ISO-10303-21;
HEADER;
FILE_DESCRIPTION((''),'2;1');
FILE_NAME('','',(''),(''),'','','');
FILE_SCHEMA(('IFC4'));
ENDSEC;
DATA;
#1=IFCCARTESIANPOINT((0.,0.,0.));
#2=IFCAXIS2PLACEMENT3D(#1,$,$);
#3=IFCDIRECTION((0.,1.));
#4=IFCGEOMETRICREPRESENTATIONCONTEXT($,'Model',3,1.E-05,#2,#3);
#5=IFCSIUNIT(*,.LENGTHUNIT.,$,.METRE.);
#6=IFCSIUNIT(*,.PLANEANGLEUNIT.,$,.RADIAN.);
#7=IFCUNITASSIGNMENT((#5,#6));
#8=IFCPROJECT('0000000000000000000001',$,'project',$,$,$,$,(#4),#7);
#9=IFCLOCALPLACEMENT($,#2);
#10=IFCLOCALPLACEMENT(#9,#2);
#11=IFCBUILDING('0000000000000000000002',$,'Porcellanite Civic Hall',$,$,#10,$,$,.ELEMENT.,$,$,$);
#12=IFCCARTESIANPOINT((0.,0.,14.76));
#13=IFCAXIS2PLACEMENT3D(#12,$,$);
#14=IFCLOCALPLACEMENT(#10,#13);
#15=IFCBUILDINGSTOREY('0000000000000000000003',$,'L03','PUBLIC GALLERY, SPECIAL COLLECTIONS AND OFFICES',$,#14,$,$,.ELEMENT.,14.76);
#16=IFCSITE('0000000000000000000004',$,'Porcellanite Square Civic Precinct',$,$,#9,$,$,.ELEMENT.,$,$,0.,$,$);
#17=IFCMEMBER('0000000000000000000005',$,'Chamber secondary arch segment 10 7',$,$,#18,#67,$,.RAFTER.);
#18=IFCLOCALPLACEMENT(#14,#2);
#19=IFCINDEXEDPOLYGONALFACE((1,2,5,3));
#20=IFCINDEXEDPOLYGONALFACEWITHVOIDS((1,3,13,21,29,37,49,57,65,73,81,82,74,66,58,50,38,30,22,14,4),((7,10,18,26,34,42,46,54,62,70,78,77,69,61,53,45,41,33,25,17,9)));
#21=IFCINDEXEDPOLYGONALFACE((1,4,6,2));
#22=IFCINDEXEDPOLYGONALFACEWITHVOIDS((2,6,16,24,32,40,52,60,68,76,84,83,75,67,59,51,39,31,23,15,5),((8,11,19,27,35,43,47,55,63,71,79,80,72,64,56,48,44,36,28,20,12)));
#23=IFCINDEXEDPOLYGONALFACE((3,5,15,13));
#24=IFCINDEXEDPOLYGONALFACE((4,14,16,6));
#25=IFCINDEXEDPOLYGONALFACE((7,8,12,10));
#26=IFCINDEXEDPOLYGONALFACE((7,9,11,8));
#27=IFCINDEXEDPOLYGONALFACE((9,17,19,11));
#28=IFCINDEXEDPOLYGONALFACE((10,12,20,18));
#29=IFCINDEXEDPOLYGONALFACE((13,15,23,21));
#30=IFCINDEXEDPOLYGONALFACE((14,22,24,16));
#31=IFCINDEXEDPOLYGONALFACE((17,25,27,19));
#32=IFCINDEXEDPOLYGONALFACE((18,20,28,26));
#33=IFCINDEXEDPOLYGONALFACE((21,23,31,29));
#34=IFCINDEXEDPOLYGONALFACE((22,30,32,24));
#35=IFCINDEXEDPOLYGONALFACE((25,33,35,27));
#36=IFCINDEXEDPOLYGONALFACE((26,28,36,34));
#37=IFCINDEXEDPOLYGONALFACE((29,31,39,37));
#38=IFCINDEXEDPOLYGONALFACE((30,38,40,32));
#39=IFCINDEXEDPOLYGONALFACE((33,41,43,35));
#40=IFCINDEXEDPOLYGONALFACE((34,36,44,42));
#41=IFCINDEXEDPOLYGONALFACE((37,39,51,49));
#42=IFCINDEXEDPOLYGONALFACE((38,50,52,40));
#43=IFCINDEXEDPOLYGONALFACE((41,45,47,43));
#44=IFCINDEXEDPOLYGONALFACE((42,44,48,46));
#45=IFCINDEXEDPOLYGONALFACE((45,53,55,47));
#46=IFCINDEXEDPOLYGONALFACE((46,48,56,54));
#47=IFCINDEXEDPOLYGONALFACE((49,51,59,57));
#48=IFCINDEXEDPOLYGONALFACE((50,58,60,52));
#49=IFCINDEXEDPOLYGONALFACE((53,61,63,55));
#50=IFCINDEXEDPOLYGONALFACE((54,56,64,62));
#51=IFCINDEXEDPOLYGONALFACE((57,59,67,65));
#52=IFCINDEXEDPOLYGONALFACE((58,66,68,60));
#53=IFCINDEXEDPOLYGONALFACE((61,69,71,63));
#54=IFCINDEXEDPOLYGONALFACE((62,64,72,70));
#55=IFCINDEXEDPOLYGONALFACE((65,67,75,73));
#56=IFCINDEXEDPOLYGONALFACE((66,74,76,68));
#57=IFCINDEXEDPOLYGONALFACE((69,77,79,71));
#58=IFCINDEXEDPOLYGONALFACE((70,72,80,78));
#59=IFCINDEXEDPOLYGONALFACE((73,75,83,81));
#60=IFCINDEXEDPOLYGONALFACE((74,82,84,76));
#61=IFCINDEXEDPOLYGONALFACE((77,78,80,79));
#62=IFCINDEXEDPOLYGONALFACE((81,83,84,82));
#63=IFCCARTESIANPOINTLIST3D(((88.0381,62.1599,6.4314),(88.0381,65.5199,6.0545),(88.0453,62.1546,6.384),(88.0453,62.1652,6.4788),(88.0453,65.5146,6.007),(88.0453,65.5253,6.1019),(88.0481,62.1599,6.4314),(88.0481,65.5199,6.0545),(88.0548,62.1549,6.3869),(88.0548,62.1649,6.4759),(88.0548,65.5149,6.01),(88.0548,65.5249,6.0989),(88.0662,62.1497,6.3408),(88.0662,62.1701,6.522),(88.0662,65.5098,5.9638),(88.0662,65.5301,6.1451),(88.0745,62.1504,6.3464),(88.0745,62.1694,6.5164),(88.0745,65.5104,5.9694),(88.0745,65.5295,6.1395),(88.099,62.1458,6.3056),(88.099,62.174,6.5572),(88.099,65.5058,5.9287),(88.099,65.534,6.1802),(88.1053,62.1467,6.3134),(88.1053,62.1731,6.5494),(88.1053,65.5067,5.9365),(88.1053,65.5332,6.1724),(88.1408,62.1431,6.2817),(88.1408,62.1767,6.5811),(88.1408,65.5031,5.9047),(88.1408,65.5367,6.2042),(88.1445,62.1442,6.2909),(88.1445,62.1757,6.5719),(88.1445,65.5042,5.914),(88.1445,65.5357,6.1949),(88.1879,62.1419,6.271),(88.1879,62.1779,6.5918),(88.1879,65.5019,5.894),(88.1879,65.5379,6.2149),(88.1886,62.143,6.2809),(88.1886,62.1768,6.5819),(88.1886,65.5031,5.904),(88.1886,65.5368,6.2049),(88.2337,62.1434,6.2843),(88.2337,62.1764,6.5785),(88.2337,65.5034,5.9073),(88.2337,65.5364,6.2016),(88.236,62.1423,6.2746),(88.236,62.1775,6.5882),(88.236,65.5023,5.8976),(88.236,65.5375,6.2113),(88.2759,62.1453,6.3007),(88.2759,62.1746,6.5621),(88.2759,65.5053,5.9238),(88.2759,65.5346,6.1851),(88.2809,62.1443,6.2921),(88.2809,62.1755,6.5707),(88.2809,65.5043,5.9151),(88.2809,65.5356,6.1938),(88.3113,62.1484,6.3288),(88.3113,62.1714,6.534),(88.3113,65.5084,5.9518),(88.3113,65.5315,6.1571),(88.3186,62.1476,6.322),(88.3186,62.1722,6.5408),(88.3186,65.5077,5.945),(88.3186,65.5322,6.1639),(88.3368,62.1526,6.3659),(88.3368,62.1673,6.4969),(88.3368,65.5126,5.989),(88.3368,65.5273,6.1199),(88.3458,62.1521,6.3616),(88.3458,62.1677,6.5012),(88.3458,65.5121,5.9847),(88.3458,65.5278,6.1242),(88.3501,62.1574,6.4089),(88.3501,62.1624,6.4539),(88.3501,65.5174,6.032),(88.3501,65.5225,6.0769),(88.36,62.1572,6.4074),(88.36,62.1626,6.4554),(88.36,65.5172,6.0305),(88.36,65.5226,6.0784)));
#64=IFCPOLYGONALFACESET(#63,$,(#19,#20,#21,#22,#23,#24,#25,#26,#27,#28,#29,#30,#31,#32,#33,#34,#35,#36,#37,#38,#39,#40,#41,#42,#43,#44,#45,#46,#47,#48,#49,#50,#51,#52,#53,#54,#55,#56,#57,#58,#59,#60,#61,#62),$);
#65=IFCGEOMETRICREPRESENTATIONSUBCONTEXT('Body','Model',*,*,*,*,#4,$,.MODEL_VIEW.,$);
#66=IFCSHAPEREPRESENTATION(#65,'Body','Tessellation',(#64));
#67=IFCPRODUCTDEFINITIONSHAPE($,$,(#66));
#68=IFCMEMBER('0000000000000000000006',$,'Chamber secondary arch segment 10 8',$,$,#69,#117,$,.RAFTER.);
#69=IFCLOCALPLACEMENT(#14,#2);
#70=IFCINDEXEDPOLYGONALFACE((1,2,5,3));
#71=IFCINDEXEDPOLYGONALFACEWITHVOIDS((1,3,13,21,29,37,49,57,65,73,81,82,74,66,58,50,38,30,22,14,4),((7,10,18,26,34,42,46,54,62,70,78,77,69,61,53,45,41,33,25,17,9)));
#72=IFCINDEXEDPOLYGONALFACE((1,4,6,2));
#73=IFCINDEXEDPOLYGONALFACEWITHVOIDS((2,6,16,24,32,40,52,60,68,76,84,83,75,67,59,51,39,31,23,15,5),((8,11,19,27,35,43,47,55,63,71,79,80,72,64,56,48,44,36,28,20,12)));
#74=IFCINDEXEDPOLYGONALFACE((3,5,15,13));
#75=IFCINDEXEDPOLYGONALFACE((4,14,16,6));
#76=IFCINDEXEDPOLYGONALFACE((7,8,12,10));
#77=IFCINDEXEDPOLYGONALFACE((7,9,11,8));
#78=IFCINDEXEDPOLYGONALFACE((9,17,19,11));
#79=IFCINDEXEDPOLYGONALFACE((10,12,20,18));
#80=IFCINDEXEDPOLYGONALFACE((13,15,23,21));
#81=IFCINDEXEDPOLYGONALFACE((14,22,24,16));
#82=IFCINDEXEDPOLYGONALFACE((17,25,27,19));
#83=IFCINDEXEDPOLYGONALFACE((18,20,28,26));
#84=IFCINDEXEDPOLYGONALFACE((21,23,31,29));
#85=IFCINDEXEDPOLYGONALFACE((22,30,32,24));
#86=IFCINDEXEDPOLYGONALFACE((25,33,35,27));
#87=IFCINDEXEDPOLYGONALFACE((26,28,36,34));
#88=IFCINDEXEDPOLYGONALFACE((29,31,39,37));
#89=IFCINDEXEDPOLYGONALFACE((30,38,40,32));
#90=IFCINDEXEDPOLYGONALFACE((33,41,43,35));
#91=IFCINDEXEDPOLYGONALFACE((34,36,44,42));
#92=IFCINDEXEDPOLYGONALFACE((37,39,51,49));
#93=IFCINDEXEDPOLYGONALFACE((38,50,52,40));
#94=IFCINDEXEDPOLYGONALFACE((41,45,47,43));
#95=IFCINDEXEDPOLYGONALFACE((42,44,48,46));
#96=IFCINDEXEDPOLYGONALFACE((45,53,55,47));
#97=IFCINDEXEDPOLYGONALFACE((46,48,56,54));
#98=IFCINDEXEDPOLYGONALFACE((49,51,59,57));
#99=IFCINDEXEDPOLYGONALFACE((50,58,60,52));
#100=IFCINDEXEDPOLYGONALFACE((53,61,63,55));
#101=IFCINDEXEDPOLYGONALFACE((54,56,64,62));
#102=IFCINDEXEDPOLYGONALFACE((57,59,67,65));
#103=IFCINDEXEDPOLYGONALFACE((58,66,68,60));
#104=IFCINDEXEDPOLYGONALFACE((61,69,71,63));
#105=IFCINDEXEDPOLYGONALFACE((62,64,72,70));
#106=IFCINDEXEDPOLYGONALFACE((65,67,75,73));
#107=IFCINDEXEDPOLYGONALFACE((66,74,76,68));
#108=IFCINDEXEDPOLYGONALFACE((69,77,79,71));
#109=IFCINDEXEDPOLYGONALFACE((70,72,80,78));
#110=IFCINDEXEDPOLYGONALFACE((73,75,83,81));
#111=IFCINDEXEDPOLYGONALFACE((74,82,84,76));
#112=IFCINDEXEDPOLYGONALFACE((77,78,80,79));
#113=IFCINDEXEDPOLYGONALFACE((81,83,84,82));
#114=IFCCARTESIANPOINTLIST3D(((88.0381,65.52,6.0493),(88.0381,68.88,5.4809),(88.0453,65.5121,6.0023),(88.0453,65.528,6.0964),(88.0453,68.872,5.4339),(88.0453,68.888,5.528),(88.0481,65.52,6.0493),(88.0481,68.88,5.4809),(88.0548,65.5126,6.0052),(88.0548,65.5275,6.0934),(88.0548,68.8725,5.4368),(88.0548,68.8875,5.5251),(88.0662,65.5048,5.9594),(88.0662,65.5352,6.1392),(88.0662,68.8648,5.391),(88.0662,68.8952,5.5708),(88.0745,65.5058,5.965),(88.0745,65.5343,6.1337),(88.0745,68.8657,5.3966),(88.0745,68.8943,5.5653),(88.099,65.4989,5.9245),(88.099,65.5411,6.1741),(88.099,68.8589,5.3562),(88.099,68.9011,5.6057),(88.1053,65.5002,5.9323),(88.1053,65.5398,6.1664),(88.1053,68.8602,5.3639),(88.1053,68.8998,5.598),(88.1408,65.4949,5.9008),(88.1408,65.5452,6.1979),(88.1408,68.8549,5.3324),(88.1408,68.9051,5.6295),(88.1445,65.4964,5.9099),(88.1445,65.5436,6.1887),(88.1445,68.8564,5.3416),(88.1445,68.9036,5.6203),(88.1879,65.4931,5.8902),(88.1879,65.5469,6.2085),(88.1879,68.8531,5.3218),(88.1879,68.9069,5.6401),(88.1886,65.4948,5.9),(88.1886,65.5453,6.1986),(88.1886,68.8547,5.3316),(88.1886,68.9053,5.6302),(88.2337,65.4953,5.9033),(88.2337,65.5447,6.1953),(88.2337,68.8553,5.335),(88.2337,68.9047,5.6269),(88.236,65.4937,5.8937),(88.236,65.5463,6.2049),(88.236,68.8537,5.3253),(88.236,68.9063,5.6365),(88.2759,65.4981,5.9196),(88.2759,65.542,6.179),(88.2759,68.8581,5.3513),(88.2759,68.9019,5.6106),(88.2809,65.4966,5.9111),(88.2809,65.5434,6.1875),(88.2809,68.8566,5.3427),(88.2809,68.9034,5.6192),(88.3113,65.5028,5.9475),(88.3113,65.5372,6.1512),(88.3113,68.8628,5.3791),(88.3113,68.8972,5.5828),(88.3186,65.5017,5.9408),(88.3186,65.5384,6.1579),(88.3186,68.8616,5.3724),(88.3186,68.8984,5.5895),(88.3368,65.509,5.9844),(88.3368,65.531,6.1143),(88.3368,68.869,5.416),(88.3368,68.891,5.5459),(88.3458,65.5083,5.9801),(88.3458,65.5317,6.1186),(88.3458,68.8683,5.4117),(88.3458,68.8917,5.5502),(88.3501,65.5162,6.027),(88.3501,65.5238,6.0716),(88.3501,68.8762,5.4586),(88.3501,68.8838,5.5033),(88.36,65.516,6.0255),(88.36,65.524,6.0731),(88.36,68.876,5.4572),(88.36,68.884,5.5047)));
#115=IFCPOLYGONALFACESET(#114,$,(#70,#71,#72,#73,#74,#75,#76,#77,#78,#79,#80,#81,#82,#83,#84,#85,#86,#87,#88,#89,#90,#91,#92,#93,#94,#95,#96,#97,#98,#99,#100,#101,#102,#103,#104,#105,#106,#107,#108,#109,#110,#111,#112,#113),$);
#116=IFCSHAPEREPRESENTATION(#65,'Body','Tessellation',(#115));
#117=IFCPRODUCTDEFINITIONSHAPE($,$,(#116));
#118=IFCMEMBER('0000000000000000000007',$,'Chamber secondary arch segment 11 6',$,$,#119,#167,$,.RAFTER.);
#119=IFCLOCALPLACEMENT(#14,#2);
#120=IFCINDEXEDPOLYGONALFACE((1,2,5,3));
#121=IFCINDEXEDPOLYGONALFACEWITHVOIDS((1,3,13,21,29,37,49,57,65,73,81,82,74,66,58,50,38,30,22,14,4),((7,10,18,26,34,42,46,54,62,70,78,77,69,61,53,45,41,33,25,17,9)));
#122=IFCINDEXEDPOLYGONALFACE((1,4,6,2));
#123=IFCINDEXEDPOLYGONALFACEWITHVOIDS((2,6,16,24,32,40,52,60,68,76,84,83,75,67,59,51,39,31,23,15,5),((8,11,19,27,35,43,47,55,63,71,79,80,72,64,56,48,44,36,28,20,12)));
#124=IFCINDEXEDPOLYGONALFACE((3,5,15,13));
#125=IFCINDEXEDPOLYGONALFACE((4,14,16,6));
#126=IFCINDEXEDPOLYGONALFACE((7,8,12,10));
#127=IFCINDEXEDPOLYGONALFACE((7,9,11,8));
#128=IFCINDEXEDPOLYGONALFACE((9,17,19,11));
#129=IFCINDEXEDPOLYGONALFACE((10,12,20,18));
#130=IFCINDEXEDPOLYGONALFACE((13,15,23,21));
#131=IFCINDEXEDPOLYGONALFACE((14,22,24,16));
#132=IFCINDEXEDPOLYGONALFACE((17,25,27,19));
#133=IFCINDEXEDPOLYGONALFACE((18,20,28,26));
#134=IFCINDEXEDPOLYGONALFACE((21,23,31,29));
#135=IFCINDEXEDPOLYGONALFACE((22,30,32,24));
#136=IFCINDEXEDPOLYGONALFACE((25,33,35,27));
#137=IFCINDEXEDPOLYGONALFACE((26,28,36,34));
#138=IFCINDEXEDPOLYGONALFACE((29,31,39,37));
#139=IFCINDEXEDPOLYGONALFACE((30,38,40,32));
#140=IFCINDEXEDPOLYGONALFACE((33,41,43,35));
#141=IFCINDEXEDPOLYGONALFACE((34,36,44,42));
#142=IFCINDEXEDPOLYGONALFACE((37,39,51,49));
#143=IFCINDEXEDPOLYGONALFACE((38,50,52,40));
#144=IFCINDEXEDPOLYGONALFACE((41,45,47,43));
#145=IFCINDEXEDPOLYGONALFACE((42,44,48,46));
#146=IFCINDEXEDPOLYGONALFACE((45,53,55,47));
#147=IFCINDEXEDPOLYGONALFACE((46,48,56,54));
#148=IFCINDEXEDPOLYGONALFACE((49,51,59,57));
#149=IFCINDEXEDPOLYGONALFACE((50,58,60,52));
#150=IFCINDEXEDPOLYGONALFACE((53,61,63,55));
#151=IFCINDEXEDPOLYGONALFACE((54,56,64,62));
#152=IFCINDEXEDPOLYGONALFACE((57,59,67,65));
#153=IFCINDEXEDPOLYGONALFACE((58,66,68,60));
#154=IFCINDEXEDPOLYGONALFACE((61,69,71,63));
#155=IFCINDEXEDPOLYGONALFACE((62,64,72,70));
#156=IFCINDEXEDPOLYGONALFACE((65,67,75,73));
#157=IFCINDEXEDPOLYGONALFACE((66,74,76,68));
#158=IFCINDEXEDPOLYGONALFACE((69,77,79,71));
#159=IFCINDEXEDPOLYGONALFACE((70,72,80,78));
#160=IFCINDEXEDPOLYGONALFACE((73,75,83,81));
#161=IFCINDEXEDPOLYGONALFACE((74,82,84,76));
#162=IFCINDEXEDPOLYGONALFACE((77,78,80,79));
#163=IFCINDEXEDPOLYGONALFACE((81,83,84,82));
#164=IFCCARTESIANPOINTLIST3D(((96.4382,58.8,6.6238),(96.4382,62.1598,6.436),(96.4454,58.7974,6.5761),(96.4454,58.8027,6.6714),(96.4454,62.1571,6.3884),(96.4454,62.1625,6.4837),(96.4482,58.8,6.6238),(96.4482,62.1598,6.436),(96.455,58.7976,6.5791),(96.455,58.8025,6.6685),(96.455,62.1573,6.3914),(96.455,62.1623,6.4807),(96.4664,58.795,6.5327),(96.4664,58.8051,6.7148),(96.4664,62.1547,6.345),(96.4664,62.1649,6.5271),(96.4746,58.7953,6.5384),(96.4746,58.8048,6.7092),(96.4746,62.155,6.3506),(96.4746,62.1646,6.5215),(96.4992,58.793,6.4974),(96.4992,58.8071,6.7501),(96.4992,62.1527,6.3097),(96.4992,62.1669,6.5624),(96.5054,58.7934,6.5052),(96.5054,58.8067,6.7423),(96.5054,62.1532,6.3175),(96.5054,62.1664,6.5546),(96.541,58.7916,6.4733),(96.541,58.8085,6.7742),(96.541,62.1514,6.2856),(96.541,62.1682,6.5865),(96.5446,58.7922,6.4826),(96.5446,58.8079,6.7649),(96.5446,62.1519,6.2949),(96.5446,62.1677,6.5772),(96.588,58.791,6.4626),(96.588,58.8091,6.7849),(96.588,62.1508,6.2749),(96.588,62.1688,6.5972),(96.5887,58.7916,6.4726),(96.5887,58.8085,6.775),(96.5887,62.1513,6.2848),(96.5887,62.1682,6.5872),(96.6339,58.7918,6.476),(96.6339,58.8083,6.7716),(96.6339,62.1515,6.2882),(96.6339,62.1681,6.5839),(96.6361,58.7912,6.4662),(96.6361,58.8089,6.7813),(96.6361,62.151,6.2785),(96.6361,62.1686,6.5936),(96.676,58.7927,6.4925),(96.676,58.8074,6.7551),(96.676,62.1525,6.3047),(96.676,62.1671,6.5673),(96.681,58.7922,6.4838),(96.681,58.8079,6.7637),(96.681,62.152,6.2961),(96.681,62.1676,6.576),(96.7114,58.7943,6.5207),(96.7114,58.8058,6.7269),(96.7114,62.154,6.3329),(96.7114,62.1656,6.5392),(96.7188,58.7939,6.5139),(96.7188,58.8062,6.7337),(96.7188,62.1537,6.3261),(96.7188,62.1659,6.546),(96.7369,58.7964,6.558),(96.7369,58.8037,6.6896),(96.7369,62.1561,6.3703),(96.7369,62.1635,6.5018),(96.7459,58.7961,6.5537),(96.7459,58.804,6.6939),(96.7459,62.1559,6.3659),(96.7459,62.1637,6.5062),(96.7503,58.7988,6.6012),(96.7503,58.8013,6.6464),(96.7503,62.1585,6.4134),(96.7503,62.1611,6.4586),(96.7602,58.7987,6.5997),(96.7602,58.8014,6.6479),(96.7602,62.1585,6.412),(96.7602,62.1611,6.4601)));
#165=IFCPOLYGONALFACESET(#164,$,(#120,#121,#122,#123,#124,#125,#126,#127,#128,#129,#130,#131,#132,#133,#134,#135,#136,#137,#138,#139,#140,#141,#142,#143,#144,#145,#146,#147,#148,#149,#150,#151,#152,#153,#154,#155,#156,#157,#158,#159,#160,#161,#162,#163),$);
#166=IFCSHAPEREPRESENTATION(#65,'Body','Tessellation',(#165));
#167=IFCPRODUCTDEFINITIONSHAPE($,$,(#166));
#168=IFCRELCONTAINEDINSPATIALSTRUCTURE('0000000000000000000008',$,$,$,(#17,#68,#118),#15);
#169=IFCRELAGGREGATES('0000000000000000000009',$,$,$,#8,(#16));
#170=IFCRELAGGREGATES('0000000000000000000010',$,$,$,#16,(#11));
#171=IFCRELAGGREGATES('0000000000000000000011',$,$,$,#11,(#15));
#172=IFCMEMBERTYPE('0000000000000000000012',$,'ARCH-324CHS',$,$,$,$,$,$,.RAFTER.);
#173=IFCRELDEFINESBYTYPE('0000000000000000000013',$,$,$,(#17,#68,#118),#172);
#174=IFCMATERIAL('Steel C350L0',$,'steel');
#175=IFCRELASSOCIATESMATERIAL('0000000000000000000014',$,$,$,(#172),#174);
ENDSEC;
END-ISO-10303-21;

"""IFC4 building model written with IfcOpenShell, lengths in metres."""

from ifc_helpers import new_model, si_unit, direction, frame, origin, origin_2d, place, context, subcontext, project, spatial, hollow_circle, extrude, material, material_profile, profile_set, type_object, element, save


model = new_model("IFC4")

# Units and contexts
model_context = context("Model", 3, precision=1e-05, world=origin(), true_north=direction((0.0, 1.0)))
body_context = subcontext(model_context, "Body", "Model", "MODEL_VIEW")
ifc_project = project(units=[si_unit("LENGTHUNIT", "METRE"), si_unit("PLANEANGLEUNIT", "RADIAN")], contexts=[model_context])

# Site, building, storey
site_placement = place(None, origin())
site = spatial("IfcSite", under=ifc_project, at=site_placement, Name="Porcellanite Square Civic Precinct", CompositionType="ELEMENT", RefElevation=0.0)
building_placement = place(site_placement, origin())
building = spatial("IfcBuilding", under=site, at=building_placement, Name="Porcellanite Civic Hall", CompositionType="ELEMENT")
storey_placement = place(building_placement, frame((0.0, 0.0, 14.76)))
storey = spatial("IfcBuildingStorey", under=building, at=storey_placement, Name="L03", Description="PUBLIC GALLERY, SPECIAL COLLECTIONS AND OFFICES", CompositionType="ELEMENT", Elevation=14.76)

# Members
ifc_material_1 = material(Name="Steel C350L0", Category="steel")
ifc_material_profile_1 = material_profile(ifc_material_1, hollow_circle(Radius=0.1619, WallThickness=0.01, at=origin_2d()), Name="323.9x10.0CHS")
ifc_profile_set_1 = profile_set([ifc_material_profile_1], Name="Steel C350L0")
member_type_1 = type_object("IfcMemberType", Name="ARCH-324CHS", PredefinedType="RAFTER", material=ifc_profile_set_1)
member_1_placement = place(storey_placement, frame((88.2, 62.1599, 6.4314), z_axis=(0.0, 0.993766, -0.111485), x_axis=(-1.0, 0.0, 0.0)))
element("IfcMember", 1, at=member_1_placement, inside=storey, type_object=member_type_1, Name="Chamber secondary arch segment 10 7", PredefinedType="RAFTER", context=body_context, shape_type="SweptSolid", body=[
    extrude(hollow_circle(Radius=0.1619, WallThickness=0.01, at=origin_2d()), origin(), (0.0, 0.0, 1.0), 3.3811),
])
member_2_placement = place(storey_placement, frame((88.2, 65.52, 6.0493), z_axis=(0.0, 0.985992, -0.166792), x_axis=(-1.0, 0.0, 0.0)))
element("IfcMember", 2, at=member_2_placement, inside=storey, type_object=member_type_1, Name="Chamber secondary arch segment 10 8", PredefinedType="RAFTER", context=body_context, shape_type="SweptSolid", body=[
    extrude(hollow_circle(Radius=0.1619, WallThickness=0.01, at=origin_2d()), origin(), (0.0, 0.0, 1.0), 3.4077),
])
member_3_placement = place(storey_placement, frame((96.6001, 58.8, 6.6238), z_axis=(0.0, 0.998442, -0.055791), x_axis=(-1.0, 0.0, 0.0)))
element("IfcMember", 3, at=member_3_placement, inside=storey, type_object=member_type_1, Name="Chamber secondary arch segment 11 6", PredefinedType="RAFTER", context=body_context, shape_type="SweptSolid", body=[
    extrude(hollow_circle(Radius=0.1619, WallThickness=0.01, at=origin_2d()), origin(), (0.0, 0.0, 1.0), 3.365),
])

save(model, "model.ifc")
